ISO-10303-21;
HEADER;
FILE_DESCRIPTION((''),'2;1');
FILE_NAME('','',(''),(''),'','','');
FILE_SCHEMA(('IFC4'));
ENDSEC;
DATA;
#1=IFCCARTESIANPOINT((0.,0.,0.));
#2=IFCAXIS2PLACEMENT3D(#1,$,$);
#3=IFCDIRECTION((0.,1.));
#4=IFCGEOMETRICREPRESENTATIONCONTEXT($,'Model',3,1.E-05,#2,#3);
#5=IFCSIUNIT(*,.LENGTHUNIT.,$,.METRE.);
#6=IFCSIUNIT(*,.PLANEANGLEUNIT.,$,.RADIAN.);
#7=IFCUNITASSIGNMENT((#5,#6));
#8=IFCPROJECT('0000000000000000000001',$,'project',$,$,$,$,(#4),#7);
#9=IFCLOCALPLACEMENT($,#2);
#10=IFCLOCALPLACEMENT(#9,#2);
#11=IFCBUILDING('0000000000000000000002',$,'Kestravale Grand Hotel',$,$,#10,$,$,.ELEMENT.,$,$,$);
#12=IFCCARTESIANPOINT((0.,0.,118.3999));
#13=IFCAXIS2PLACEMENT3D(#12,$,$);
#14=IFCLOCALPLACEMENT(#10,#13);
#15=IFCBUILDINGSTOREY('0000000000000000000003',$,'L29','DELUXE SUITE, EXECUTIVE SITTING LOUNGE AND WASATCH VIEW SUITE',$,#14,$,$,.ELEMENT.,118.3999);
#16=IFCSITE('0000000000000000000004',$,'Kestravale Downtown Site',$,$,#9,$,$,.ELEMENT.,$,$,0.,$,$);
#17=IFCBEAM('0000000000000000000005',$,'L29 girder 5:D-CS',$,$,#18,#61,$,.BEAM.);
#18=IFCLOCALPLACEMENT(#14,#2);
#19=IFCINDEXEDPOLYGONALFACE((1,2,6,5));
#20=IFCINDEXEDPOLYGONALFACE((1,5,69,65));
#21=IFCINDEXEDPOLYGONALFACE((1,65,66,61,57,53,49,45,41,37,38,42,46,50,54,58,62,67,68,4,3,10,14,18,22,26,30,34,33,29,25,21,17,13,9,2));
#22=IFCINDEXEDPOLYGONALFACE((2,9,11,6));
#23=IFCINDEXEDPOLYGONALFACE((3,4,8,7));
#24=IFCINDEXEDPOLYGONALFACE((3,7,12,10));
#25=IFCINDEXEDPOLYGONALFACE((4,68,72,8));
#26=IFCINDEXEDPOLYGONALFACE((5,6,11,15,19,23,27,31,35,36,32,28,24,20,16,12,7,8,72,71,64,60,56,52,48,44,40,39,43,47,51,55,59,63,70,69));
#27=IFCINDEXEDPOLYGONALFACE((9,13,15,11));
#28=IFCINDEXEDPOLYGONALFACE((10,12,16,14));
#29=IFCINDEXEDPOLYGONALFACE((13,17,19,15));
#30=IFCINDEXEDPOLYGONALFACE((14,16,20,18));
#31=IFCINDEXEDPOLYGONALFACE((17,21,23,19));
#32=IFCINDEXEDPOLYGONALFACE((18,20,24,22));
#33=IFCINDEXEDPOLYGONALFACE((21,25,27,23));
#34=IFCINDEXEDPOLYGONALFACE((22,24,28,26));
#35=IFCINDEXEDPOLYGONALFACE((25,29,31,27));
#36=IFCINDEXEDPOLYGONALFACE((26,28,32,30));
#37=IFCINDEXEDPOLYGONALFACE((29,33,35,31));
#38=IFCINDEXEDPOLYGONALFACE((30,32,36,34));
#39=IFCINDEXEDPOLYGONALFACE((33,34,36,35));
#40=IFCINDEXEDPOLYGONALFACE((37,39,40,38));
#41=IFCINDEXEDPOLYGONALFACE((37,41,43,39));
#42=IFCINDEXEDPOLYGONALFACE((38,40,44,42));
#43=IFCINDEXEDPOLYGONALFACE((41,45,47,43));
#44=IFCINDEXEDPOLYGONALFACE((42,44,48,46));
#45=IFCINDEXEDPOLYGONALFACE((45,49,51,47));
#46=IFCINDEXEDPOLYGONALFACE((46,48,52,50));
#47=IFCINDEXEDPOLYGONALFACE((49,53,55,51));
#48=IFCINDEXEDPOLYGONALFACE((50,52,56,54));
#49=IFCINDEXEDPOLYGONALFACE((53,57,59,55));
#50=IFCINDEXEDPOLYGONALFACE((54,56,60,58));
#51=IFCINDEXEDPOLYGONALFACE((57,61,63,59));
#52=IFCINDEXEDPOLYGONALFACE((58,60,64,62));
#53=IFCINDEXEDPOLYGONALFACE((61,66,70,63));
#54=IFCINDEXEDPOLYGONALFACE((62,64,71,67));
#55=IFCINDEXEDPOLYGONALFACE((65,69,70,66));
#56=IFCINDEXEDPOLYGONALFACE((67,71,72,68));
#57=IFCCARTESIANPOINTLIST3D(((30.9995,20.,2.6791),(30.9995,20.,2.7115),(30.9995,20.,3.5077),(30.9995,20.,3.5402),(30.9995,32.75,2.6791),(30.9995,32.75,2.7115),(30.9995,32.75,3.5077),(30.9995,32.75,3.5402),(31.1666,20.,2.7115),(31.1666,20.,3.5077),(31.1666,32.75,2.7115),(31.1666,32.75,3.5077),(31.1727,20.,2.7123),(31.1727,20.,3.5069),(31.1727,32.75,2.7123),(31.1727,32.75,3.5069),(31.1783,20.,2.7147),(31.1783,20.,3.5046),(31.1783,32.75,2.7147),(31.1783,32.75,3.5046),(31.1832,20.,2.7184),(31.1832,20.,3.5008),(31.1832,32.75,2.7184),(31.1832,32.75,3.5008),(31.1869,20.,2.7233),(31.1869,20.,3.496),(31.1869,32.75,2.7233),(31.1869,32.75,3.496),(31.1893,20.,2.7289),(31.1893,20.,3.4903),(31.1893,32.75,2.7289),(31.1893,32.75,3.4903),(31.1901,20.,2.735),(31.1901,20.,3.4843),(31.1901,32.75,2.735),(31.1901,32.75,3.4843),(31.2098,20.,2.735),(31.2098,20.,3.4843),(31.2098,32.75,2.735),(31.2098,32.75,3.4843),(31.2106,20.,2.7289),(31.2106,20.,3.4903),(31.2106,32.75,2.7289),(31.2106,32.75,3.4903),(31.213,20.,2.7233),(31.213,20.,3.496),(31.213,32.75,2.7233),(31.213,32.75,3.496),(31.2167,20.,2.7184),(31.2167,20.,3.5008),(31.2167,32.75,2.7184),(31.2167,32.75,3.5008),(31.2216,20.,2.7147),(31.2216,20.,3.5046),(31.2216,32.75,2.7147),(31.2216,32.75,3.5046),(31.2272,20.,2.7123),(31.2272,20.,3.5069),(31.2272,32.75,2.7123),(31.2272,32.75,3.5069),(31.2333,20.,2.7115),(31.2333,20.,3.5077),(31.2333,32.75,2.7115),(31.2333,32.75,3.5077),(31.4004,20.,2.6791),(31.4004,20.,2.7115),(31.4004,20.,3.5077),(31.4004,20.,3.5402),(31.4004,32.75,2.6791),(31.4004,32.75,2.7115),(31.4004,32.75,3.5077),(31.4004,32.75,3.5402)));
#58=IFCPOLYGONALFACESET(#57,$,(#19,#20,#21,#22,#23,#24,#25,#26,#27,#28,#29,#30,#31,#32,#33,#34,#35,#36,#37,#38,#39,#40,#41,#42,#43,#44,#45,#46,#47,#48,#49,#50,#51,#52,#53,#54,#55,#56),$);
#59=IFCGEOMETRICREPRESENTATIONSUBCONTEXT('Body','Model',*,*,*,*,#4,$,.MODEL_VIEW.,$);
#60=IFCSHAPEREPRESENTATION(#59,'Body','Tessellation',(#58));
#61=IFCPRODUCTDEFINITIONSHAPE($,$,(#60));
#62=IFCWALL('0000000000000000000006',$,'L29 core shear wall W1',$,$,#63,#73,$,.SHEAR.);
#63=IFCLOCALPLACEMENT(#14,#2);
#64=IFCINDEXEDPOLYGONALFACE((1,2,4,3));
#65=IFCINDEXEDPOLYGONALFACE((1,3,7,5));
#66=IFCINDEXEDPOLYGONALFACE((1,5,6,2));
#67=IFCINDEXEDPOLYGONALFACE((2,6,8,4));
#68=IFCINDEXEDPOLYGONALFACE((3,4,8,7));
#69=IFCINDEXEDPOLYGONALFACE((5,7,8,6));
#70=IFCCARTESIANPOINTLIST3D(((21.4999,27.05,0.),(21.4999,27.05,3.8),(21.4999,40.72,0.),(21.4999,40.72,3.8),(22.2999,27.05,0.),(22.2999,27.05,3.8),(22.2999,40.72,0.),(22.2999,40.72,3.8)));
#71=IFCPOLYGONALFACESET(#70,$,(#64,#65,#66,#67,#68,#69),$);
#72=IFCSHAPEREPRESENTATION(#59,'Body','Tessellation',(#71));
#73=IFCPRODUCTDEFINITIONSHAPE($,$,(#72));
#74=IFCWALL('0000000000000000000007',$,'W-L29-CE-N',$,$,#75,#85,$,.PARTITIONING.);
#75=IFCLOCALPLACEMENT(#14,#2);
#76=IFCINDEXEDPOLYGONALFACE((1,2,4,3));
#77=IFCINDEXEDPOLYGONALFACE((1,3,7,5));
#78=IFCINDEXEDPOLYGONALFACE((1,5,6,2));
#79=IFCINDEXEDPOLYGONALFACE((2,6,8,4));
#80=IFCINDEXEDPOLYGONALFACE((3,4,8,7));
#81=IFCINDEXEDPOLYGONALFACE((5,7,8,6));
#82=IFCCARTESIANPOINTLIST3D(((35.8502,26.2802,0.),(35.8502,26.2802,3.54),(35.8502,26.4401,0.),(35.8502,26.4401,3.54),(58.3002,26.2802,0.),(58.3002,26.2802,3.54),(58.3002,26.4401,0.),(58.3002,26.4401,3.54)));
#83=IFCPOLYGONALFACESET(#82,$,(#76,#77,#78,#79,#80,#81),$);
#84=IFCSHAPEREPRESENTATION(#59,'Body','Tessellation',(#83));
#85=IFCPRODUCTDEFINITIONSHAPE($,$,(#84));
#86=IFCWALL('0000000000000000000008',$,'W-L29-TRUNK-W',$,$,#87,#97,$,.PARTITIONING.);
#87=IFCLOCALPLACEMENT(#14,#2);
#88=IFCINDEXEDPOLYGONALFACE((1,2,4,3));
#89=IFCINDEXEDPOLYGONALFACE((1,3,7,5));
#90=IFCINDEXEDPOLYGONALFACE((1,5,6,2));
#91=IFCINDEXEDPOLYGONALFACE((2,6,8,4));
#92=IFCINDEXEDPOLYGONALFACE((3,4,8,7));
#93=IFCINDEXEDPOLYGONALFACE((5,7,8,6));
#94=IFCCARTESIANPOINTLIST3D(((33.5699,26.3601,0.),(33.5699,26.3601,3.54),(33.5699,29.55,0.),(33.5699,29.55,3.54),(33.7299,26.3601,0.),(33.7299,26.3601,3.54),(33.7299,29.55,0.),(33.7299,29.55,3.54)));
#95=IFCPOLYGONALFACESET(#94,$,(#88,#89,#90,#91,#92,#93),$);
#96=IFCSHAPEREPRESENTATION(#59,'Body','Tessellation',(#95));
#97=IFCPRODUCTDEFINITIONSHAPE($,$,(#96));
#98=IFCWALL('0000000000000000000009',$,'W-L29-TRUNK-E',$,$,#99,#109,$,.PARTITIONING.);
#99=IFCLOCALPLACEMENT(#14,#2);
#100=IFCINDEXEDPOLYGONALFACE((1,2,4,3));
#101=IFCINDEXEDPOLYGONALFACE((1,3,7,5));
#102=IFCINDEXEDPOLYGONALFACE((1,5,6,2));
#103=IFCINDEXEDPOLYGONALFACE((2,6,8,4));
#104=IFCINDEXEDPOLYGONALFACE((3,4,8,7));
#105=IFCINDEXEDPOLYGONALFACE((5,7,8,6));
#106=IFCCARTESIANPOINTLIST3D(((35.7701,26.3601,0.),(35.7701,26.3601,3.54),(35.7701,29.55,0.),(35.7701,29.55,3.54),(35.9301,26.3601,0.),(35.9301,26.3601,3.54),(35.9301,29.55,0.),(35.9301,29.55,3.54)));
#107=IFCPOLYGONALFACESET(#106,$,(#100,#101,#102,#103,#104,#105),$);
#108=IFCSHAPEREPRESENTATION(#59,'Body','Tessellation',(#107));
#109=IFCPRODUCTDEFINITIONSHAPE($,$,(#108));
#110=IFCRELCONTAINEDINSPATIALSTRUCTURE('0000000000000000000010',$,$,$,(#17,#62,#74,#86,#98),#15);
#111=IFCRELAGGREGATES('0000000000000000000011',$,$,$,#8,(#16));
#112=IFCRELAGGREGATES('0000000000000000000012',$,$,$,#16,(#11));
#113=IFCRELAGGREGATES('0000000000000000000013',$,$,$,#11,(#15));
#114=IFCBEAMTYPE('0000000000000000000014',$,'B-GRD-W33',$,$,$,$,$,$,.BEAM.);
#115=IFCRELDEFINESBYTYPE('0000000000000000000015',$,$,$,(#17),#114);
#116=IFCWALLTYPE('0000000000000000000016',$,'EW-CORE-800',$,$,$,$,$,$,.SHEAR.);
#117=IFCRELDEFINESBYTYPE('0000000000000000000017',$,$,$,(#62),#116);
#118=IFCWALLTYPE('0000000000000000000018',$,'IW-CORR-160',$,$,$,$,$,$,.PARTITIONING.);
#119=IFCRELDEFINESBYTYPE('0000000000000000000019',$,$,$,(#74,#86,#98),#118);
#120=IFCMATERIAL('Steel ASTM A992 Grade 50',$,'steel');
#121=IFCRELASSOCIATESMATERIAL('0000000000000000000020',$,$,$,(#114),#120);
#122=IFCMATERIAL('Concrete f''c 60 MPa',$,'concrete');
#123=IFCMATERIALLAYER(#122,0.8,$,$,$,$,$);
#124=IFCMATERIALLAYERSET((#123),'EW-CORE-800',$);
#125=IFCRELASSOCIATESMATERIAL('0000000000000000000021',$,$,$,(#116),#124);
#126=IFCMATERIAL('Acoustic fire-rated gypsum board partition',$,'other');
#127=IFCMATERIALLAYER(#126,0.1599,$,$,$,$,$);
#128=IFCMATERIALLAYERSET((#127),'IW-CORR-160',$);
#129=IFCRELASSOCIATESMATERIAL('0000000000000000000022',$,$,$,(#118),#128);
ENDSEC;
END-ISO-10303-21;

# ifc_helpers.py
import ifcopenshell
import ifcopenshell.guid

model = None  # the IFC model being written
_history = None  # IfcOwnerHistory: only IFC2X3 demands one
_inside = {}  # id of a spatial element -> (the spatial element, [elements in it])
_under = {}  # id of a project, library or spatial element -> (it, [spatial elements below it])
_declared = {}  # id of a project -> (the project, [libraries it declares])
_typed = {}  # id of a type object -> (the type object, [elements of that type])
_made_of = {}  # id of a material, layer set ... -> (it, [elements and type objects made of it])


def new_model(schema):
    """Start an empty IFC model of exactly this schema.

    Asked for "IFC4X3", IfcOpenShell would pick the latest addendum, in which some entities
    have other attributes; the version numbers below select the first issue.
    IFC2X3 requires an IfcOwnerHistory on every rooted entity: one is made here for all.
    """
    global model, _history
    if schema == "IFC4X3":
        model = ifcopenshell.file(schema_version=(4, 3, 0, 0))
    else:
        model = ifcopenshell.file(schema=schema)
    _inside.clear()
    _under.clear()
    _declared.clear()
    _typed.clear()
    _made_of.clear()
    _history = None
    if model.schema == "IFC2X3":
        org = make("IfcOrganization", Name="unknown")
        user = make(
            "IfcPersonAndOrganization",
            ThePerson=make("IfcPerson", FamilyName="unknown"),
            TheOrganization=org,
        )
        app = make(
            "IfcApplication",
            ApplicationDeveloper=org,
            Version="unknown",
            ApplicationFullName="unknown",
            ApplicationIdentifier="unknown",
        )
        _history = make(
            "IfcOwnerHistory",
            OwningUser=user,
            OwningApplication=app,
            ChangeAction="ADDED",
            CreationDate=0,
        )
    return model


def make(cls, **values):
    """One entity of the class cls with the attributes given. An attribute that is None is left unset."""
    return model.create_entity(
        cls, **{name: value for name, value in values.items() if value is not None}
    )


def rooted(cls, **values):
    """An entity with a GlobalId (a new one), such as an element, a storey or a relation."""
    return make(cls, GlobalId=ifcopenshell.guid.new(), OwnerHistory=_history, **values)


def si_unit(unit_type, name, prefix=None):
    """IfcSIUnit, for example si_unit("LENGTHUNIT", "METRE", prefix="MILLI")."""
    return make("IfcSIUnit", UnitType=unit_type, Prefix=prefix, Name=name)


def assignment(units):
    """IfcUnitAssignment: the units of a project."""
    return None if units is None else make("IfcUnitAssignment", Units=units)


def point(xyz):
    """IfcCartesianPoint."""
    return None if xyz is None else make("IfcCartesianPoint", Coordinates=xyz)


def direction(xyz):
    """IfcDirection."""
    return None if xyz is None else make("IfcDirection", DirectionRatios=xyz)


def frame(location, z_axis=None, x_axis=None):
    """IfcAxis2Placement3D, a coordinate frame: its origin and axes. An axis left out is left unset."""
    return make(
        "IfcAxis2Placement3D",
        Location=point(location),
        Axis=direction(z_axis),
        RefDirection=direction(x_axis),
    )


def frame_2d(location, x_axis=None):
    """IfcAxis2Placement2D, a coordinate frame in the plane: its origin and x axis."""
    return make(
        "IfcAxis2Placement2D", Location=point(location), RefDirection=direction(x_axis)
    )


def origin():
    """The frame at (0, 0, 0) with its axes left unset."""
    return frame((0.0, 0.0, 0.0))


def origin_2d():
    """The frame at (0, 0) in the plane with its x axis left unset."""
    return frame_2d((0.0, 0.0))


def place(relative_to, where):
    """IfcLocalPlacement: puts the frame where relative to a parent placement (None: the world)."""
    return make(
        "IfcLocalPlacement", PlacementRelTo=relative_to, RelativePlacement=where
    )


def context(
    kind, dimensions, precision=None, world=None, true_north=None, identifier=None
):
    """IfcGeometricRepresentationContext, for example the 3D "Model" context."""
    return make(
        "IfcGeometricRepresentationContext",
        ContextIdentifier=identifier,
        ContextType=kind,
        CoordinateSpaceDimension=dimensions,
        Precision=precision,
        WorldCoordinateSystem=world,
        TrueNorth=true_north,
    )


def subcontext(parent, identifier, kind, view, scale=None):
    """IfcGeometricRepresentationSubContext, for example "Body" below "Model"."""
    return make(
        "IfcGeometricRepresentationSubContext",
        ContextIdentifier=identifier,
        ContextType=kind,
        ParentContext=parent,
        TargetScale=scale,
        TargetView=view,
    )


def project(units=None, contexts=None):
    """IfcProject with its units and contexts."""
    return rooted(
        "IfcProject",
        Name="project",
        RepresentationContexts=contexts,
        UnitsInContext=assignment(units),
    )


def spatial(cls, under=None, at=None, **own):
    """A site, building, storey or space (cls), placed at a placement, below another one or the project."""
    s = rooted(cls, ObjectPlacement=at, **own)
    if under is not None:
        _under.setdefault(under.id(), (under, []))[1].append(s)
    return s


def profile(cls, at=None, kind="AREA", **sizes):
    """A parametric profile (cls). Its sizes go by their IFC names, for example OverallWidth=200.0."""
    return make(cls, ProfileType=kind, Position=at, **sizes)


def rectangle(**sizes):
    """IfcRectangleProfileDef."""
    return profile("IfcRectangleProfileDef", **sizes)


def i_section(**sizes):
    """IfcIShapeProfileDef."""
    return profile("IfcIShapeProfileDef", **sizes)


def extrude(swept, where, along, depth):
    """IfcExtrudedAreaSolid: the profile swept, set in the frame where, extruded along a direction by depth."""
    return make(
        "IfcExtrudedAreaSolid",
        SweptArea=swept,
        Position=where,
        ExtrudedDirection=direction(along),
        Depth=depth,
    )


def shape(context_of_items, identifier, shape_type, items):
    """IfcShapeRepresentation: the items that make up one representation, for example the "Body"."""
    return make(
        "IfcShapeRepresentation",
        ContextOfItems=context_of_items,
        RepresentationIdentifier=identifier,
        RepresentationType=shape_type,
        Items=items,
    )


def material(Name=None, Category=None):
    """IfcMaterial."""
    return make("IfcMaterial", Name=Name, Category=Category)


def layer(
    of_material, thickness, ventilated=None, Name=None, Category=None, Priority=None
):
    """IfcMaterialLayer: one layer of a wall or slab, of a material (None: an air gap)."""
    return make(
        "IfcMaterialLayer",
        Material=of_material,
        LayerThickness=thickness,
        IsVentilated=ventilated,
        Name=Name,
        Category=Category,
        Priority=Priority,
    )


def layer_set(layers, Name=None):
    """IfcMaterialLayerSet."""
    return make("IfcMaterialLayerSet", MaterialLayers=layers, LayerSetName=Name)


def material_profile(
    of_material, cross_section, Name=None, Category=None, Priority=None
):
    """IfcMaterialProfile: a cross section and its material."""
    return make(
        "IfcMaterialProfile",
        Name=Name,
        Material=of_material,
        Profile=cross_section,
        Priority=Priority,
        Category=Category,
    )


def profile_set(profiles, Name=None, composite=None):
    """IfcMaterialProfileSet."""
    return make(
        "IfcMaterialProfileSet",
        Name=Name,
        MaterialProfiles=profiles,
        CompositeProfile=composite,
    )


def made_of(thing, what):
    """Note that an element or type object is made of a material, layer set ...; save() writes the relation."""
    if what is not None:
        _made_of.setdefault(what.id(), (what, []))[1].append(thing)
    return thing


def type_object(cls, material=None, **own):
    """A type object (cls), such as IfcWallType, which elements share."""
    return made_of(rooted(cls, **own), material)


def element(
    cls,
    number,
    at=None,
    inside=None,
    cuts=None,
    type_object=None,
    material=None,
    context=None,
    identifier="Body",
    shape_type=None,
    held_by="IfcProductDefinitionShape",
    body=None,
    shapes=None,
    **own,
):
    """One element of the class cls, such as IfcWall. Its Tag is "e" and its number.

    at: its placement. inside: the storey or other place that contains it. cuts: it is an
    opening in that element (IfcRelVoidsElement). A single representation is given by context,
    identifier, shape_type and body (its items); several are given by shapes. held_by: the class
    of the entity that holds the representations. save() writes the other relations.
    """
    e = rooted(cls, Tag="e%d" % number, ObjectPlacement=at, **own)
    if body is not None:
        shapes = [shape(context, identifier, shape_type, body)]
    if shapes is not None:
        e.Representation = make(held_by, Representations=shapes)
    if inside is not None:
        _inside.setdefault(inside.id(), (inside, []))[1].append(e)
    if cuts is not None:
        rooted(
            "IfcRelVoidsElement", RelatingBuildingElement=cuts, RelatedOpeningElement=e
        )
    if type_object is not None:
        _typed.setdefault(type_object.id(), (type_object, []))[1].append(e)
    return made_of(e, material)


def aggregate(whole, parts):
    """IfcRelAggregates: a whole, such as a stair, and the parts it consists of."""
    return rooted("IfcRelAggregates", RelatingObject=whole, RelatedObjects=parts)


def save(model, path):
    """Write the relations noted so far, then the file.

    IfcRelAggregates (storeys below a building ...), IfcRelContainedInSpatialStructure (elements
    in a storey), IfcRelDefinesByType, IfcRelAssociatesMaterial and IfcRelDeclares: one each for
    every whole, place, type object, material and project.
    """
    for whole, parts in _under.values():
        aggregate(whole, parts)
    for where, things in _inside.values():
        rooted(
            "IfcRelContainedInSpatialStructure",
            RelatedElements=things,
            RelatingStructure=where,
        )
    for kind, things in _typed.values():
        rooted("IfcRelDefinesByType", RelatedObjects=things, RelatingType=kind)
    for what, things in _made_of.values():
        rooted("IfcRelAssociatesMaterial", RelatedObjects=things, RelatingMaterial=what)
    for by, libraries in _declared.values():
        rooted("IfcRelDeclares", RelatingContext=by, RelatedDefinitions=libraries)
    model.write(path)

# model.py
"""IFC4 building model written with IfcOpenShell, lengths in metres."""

from ifc_helpers import new_model, si_unit, direction, frame, frame_2d, origin, origin_2d, place, context, subcontext, project, spatial, rectangle, i_section, extrude, material, layer, layer_set, material_profile, profile_set, type_object, element, save


model = new_model("IFC4")

# Units and contexts
model_context = context("Model", 3, precision=1e-05, world=origin(), true_north=direction((0.0, 1.0)))
body_context = subcontext(model_context, "Body", "Model", "MODEL_VIEW")
ifc_project = project(units=[si_unit("LENGTHUNIT", "METRE"), si_unit("PLANEANGLEUNIT", "RADIAN")], contexts=[model_context])

# Site, building, storey
site_placement = place(None, origin())
site = spatial("IfcSite", under=ifc_project, at=site_placement, Name="Kestravale Downtown Site", CompositionType="ELEMENT", RefElevation=0.0)
building_placement = place(site_placement, origin())
building = spatial("IfcBuilding", under=site, at=building_placement, Name="Kestravale Grand Hotel", CompositionType="ELEMENT")
storey_placement = place(building_placement, frame((0.0, 0.0, 118.3999)))
storey = spatial("IfcBuildingStorey", under=building, at=storey_placement, Name="L29", Description="DELUXE SUITE, EXECUTIVE SITTING LOUNGE AND WASATCH VIEW SUITE", CompositionType="ELEMENT", Elevation=118.3999)

# Beam
ifc_material_1 = material(Name="Steel ASTM A992 Grade 50", Category="steel")
ifc_material_profile_1 = material_profile(ifc_material_1, i_section(OverallWidth=0.4009, OverallDepth=0.8611, WebThickness=0.0198, FlangeThickness=0.0325, FilletRadius=0.0234, at=origin_2d()))
ifc_profile_set_1 = profile_set([ifc_material_profile_1], Name="Steel ASTM A992 Grade 50")
beam_type = type_object("IfcBeamType", Name="B-GRD-W33", PredefinedType="BEAM", material=ifc_profile_set_1)
for number, where, z_axis, x_axis, name in (
    (1, (31.2, 20.0, 3.1096), (0.0, 1.0, 0.0), (-1.0, 0.0, 0.0), "L29 girder 5:D-CS"),
):
    element("IfcBeam", number, at=place(storey_placement, frame(where, z_axis=z_axis, x_axis=x_axis)), inside=storey, type_object=beam_type, Name=name, PredefinedType="BEAM", context=body_context, shape_type="SweptSolid", body=[
        extrude(i_section(OverallWidth=0.4009, OverallDepth=0.8611, WebThickness=0.0198, FlangeThickness=0.0325, FilletRadius=0.0234, at=origin_2d()), origin(), (0.0, 0.0, 1.0), 12.75),
    ])

# Walls
ifc_material_2 = material(Name="Concrete f'c 60 MPa", Category="concrete")
ifc_layer_1 = layer(ifc_material_2, 0.8)
ifc_layer_set_1 = layer_set([ifc_layer_1], Name="EW-CORE-800")
wall_type_1 = type_object("IfcWallType", Name="EW-CORE-800", PredefinedType="SHEAR", material=ifc_layer_set_1)
wall_1_placement = place(storey_placement, frame((21.8999, 27.05, 0.0), z_axis=(0.0, 0.0, 1.0), x_axis=(0.0, 1.0, 0.0)))
element("IfcWall", 2, at=wall_1_placement, inside=storey, type_object=wall_type_1, Name="L29 core shear wall W1", PredefinedType="SHEAR", context=body_context, shape_type="SweptSolid", body=[
    extrude(rectangle(XDim=13.6699, YDim=0.8, at=frame_2d((6.835, 0.0))), origin(), (0.0, 0.0, 1.0), 3.8),
])
ifc_material_3 = material(Name="Acoustic fire-rated gypsum board partition", Category="other")
ifc_layer_2 = layer(ifc_material_3, 0.1599)
ifc_layer_set_2 = layer_set([ifc_layer_2], Name="IW-CORR-160")
wall_type_2 = type_object("IfcWallType", Name="IW-CORR-160", PredefinedType="PARTITIONING", material=ifc_layer_set_2)
wall_2_placement = place(storey_placement, frame((35.8501, 26.3601, 0.0), z_axis=(0.0, 0.0, 1.0), x_axis=(1.0, 0.0, 0.0)))
element("IfcWall", 3, at=wall_2_placement, inside=storey, type_object=wall_type_2, Name="W-L29-CE-N", PredefinedType="PARTITIONING", context=body_context, shape_type="SweptSolid", body=[
    extrude(rectangle(XDim=22.45, YDim=0.1599, at=frame_2d((11.2251, 0.0))), origin(), (0.0, 0.0, 1.0), 3.54),
])
for number, where, z_axis, x_axis, name in (
    (4, (33.6499, 26.3601, 0.0), (0.0, 0.0, 1.0), (0.0, 1.0, 0.0), "W-L29-TRUNK-W"),
    (5, (35.8501, 26.3601, 0.0), (0.0, 0.0, 1.0), (0.0, 1.0, 0.0), "W-L29-TRUNK-E"),
):
    element("IfcWall", number, at=place(storey_placement, frame(where, z_axis=z_axis, x_axis=x_axis)), inside=storey, type_object=wall_type_2, Name=name, PredefinedType="PARTITIONING", context=body_context, shape_type="SweptSolid", body=[
        extrude(rectangle(XDim=3.1899, YDim=0.1599, at=frame_2d((1.595, 0.0))), origin(), (0.0, 0.0, 1.0), 3.54),
    ])

save(model, "model.ifc")
